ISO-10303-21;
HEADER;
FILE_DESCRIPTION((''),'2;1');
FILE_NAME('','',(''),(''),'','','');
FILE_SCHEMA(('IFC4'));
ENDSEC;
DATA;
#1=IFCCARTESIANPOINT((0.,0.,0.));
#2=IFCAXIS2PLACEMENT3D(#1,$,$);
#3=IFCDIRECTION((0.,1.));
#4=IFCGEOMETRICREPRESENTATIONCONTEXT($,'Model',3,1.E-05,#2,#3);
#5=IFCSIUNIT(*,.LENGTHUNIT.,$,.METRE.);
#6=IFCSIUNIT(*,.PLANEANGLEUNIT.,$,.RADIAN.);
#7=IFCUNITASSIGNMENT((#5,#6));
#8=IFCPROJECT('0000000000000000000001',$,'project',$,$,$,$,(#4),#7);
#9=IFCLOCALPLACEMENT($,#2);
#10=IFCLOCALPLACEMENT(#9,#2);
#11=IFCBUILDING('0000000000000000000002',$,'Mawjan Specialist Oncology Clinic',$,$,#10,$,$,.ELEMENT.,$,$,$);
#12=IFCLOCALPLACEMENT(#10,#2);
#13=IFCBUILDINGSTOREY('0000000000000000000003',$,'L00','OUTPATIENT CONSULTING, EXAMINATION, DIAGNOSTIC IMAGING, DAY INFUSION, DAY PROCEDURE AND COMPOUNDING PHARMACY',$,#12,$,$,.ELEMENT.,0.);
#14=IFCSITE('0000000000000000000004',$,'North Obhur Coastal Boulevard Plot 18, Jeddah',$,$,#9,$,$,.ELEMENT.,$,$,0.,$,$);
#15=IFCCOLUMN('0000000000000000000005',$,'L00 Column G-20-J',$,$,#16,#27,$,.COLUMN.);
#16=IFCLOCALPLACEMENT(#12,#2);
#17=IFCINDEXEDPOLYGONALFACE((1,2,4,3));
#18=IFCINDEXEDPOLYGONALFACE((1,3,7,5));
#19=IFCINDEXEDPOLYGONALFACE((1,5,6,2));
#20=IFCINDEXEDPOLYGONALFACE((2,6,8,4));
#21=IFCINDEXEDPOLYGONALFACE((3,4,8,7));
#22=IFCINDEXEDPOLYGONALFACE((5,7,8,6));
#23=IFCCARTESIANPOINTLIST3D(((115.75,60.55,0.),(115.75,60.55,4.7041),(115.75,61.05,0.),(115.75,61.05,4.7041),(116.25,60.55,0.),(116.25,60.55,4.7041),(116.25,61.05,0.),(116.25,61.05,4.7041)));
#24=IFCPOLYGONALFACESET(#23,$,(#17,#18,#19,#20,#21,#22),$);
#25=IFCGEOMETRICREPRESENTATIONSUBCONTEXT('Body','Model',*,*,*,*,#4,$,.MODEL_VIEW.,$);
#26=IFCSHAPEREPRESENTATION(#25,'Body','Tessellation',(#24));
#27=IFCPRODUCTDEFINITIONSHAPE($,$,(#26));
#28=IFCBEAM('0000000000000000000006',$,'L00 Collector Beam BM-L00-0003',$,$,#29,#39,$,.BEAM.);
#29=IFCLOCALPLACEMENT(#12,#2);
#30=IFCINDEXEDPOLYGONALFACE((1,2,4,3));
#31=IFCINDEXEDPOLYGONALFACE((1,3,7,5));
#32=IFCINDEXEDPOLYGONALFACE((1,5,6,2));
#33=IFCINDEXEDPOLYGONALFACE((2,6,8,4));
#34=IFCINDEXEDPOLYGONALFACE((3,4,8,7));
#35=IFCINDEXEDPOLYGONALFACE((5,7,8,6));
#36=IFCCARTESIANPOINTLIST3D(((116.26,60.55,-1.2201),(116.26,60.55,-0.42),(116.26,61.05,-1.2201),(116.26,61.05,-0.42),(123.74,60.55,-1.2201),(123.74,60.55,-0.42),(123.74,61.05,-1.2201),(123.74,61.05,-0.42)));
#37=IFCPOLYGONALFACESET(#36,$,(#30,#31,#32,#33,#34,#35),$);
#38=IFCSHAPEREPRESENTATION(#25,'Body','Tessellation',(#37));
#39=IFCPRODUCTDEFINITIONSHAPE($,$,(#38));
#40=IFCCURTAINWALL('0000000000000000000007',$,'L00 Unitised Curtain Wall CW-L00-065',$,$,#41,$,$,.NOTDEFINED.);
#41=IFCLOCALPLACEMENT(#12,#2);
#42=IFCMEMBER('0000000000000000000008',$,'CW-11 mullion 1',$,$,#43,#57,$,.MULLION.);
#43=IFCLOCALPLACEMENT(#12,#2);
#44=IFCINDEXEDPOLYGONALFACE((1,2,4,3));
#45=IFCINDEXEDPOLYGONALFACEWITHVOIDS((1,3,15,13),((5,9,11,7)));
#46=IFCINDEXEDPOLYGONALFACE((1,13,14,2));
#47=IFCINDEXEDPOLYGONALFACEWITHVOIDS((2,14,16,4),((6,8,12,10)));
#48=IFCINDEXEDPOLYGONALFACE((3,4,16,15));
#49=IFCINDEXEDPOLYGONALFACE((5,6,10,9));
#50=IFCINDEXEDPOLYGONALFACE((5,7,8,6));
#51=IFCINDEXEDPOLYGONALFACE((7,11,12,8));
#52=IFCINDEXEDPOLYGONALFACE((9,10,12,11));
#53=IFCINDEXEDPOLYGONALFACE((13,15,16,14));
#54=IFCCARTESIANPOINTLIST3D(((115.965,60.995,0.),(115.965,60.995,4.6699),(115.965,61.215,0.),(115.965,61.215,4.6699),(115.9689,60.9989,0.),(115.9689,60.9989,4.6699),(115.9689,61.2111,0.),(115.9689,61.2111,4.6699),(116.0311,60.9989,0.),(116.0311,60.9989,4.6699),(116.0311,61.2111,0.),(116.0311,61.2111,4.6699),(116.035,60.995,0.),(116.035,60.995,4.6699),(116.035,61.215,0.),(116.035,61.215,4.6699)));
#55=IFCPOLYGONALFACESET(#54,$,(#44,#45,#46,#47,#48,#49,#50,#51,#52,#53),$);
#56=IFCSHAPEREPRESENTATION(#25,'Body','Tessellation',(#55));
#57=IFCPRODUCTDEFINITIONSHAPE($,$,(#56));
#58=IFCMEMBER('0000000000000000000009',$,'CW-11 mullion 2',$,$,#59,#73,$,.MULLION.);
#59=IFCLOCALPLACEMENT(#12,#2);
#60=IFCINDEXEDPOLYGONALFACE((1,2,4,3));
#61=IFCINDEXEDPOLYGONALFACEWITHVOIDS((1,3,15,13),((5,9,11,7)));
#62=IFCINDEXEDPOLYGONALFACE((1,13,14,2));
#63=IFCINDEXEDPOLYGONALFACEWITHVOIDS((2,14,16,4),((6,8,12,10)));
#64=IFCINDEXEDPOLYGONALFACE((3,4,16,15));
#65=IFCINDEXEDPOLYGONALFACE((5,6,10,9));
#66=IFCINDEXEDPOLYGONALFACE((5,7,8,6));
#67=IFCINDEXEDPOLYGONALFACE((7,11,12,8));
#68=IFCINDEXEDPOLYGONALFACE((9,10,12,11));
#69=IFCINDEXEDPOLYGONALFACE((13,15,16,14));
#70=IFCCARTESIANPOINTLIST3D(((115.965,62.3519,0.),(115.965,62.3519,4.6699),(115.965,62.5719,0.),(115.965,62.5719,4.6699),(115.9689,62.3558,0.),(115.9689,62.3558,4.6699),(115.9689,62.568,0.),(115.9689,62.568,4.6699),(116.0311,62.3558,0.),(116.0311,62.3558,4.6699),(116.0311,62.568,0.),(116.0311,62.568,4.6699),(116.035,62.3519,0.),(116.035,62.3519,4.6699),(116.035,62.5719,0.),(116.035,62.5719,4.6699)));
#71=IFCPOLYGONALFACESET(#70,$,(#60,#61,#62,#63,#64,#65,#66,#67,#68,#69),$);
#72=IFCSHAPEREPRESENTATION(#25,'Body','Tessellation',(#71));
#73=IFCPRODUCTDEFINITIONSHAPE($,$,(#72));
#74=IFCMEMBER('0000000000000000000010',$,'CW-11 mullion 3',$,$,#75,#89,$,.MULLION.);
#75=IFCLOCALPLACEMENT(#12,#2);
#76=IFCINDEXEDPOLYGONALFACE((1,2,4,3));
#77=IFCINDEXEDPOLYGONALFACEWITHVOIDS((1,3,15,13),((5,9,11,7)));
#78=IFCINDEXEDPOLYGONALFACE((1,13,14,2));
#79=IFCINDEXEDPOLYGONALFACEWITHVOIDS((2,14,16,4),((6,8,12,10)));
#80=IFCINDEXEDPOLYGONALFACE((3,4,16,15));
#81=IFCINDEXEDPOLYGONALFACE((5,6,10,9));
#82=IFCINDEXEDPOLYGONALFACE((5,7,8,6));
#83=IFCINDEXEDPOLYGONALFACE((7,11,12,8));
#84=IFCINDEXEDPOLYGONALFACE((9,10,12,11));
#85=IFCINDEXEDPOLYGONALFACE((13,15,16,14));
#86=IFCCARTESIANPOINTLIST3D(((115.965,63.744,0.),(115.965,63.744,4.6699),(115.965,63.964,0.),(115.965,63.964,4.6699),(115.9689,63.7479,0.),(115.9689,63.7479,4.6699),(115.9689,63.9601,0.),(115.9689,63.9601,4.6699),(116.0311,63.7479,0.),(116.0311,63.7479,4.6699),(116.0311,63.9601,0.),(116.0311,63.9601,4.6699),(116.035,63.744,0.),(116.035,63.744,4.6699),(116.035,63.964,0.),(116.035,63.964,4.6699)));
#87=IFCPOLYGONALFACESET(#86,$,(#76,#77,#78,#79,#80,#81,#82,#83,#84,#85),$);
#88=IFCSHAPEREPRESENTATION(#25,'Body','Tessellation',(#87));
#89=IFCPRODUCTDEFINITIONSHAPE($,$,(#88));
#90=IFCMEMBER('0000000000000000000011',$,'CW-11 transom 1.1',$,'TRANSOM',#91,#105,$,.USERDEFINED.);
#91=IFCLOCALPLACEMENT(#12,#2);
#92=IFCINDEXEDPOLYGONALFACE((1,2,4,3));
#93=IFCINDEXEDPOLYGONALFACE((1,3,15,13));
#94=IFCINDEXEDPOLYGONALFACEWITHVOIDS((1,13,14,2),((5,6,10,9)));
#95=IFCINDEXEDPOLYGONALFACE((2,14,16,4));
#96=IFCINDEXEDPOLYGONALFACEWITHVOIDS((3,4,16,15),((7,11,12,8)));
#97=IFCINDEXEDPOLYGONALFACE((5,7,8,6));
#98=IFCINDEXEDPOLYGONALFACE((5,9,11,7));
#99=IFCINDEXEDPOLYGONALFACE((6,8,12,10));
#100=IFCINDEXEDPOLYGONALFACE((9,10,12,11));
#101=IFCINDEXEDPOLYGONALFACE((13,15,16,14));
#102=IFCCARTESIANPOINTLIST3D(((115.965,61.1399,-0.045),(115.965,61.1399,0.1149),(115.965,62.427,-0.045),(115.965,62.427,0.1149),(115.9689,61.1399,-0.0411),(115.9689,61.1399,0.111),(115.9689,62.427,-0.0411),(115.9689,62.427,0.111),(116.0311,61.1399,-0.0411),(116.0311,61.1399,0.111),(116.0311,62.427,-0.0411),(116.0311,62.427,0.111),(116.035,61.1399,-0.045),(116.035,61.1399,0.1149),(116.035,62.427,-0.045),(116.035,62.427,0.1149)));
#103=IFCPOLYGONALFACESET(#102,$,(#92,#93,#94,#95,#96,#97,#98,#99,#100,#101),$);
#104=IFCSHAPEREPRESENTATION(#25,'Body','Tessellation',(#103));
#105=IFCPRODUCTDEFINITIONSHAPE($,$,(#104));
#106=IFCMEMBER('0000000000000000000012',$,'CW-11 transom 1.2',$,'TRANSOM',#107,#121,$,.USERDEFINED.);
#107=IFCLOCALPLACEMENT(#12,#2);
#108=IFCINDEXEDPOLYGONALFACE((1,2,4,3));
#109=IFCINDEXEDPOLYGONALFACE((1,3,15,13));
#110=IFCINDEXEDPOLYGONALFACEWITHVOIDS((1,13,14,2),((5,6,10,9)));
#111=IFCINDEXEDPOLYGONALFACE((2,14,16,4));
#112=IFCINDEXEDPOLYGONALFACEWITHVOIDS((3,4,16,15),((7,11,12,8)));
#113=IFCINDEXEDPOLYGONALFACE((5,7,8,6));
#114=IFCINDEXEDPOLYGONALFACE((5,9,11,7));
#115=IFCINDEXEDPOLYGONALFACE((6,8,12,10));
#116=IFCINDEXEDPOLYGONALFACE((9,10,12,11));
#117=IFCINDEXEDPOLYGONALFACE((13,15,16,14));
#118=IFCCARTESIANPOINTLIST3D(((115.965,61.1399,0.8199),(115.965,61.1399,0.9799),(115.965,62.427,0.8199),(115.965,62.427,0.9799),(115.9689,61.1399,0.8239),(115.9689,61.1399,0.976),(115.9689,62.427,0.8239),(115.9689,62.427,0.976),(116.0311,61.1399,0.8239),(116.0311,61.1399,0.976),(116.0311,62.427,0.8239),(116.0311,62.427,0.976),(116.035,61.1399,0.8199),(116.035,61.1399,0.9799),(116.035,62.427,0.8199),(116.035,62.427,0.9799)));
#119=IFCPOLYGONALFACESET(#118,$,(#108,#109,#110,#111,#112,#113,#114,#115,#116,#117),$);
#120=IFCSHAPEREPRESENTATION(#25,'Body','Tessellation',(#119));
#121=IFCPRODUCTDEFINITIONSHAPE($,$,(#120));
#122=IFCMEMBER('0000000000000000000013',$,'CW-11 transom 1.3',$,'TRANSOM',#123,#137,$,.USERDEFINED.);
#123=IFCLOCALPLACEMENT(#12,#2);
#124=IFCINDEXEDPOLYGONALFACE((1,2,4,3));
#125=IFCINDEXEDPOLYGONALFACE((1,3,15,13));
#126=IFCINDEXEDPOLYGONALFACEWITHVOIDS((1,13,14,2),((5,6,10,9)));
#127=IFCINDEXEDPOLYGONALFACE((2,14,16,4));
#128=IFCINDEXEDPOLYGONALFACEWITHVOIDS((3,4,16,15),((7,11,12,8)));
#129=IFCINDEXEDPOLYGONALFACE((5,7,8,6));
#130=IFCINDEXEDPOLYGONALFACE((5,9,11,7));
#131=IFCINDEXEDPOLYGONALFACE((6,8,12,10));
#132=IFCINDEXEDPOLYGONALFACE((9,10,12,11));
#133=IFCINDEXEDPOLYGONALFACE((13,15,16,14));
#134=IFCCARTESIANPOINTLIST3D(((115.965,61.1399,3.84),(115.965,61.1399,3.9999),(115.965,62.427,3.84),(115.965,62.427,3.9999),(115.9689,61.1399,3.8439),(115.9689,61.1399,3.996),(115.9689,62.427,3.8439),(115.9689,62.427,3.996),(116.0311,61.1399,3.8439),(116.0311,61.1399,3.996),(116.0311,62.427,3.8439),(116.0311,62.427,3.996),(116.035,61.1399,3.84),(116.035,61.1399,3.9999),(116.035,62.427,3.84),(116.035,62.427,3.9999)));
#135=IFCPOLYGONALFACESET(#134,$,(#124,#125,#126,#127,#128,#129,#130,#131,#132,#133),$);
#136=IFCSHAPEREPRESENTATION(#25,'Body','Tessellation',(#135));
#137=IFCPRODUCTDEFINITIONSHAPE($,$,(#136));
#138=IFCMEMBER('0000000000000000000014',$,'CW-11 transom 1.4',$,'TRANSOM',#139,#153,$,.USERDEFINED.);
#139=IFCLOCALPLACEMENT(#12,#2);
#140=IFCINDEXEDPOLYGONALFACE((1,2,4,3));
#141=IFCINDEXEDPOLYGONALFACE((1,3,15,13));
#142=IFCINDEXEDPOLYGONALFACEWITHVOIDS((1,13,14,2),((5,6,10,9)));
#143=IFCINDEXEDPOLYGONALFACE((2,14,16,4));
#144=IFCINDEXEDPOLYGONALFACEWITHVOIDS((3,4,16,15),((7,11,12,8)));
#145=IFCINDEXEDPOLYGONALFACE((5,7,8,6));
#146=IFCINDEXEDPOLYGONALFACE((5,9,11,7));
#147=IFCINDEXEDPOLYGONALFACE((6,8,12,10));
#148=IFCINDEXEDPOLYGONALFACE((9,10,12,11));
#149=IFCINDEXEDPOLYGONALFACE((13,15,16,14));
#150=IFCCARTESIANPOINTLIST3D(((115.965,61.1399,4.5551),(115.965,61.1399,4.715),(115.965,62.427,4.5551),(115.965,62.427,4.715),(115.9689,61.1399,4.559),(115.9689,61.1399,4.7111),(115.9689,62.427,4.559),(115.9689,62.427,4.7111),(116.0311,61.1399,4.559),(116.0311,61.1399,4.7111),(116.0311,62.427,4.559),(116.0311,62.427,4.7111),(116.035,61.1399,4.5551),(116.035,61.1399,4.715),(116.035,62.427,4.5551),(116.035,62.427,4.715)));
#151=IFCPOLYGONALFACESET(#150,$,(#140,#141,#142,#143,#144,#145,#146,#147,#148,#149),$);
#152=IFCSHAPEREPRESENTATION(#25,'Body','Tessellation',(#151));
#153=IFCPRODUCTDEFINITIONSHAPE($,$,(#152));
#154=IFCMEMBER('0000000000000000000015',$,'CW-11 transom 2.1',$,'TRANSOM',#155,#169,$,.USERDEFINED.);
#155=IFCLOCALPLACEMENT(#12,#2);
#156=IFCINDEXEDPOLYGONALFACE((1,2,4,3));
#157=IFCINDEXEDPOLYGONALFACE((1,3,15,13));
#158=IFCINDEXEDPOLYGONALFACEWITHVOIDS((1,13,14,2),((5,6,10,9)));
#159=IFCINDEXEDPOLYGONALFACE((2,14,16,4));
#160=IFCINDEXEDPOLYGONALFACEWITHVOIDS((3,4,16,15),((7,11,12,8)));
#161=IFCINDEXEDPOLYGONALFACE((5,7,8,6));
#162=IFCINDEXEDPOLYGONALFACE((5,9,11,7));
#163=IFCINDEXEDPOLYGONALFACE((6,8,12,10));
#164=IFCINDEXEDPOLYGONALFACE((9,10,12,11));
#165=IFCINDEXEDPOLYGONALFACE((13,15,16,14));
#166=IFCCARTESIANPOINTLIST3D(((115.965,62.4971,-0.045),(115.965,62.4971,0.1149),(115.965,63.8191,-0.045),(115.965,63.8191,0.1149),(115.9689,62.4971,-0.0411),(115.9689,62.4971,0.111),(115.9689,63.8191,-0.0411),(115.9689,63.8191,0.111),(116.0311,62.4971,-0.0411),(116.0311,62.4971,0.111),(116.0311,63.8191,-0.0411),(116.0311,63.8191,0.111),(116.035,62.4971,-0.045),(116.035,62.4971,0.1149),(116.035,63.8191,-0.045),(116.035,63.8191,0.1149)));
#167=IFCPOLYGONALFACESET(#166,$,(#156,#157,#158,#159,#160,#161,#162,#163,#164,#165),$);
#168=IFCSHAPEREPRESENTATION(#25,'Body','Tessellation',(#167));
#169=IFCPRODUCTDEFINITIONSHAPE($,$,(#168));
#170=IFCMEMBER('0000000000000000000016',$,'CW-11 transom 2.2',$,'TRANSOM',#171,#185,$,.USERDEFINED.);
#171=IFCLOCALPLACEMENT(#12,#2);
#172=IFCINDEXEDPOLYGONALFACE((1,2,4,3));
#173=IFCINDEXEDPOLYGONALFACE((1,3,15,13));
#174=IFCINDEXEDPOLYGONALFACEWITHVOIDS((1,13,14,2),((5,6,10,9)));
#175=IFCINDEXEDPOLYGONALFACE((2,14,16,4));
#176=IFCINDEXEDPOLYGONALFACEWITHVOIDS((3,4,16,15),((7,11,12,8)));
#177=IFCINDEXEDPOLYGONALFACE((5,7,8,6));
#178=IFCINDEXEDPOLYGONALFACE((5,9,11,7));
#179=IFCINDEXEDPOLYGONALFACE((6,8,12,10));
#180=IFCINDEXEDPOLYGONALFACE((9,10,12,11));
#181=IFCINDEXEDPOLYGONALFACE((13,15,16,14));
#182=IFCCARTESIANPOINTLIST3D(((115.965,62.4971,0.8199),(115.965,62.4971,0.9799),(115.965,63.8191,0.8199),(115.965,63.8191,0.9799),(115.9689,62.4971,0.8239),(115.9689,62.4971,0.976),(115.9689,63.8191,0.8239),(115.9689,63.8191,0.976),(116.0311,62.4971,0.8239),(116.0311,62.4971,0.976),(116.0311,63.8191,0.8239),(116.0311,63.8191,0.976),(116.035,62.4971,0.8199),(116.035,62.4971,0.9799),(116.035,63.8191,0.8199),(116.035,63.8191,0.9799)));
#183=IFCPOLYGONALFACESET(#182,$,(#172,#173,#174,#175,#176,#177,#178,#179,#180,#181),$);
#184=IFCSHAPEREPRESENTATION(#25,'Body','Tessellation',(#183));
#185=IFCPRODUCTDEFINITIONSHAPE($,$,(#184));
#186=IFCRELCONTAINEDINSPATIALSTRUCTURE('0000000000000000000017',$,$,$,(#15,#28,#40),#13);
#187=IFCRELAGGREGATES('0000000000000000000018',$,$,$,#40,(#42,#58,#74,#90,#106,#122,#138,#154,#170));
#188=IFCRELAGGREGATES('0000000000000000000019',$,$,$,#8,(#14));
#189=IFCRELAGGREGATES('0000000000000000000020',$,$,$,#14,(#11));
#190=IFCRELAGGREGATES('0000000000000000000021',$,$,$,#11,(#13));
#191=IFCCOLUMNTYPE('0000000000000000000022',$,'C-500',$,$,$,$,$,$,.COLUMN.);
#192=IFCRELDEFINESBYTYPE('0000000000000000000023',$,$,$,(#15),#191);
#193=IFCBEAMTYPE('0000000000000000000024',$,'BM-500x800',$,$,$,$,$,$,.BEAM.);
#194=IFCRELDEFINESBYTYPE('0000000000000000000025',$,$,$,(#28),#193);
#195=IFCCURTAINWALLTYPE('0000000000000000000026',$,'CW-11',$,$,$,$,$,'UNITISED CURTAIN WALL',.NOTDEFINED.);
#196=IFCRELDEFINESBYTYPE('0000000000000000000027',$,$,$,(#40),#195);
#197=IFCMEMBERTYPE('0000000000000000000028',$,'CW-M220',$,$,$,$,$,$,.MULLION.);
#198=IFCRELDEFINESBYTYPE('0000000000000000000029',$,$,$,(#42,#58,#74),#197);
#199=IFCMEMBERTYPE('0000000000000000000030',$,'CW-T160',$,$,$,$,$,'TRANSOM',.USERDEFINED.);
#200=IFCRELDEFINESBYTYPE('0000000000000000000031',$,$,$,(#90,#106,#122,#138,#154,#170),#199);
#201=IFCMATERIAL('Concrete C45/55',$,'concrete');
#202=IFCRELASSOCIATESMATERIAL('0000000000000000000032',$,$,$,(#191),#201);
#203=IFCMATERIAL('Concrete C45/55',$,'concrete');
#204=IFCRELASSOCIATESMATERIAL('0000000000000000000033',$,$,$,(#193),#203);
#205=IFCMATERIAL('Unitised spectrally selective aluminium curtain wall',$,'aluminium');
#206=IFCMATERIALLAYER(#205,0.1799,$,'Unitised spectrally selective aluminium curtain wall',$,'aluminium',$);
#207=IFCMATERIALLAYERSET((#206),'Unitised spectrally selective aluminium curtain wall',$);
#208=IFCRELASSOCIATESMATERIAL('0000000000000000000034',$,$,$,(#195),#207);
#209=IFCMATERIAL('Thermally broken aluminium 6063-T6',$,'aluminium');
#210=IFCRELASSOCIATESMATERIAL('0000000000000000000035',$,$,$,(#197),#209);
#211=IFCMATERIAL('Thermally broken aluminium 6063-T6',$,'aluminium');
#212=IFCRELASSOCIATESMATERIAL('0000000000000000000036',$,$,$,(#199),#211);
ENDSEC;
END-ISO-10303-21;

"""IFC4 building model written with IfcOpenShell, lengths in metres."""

from ifc_helpers import new_model, si_unit, direction, frame, origin, origin_2d, place, context, subcontext, project, spatial, rectangle, hollow_rectangle, extrude, material, layer, layer_set, material_profile, profile_set, type_object, element, aggregate, save


model = new_model("IFC4")

# Units and contexts
model_context = context("Model", 3, precision=1e-05, world=origin(), true_north=direction((0.0, 1.0)))
body_context = subcontext(model_context, "Body", "Model", "MODEL_VIEW")
ifc_project = project(units=[si_unit("LENGTHUNIT", "METRE"), si_unit("PLANEANGLEUNIT", "RADIAN")], contexts=[model_context])

# Site, building, storey
site_placement = place(None, origin())
site = spatial("IfcSite", under=ifc_project, at=site_placement, Name="North Obhur Coastal Boulevard Plot 18, Jeddah", CompositionType="ELEMENT", RefElevation=0.0)
building_placement = place(site_placement, origin())
building = spatial("IfcBuilding", under=site, at=building_placement, Name="Mawjan Specialist Oncology Clinic", CompositionType="ELEMENT")
storey_placement = place(building_placement, origin())
storey = spatial("IfcBuildingStorey", under=building, at=storey_placement, Name="L00", Description="OUTPATIENT CONSULTING, EXAMINATION, DIAGNOSTIC IMAGING, DAY INFUSION, DAY PROCEDURE AND COMPOUNDING PHARMACY", CompositionType="ELEMENT", Elevation=0.0)

# Column
ifc_material_1 = material(Name="Concrete C45/55", Category="concrete")
ifc_material_profile_1 = material_profile(ifc_material_1, rectangle(XDim=0.5, YDim=0.5, at=origin_2d()), Name="RC COL 500x500", Category="concrete")
ifc_profile_set_1 = profile_set([ifc_material_profile_1], Name="Concrete C45/55")
column_type = type_object("IfcColumnType", Name="C-500", PredefinedType="COLUMN", material=ifc_profile_set_1)
column_placement = place(storey_placement, frame((116.0, 60.8, 0.0), z_axis=(0.0, 0.0, 1.0), x_axis=(1.0, 0.0, 0.0)))
element("IfcColumn", 1, at=column_placement, inside=storey, type_object=column_type, Name="L00 Column G-20-J", PredefinedType="COLUMN", context=body_context, shape_type="SweptSolid", body=[
    extrude(rectangle(XDim=0.5, YDim=0.5, at=origin_2d()), origin(), (0.0, 0.0, 1.0), 4.7041),
])

# Beam
ifc_material_2 = material(Name="Concrete C45/55", Category="concrete")
ifc_material_profile_2 = material_profile(ifc_material_2, rectangle(XDim=0.5, YDim=0.8, at=origin_2d()), Name="RC BM 500x800", Category="concrete")
ifc_profile_set_2 = profile_set([ifc_material_profile_2], Name="Concrete C45/55")
beam_type_1 = type_object("IfcBeamType", Name="BM-500x800", PredefinedType="BEAM", material=ifc_profile_set_2)
beam_1_placement = place(storey_placement, frame((116.26, 60.8, -0.8201), z_axis=(1.0, 0.0, 0.0), x_axis=(0.0, 1.0, 0.0)))
element("IfcBeam", 2, at=beam_1_placement, inside=storey, type_object=beam_type_1, Name="L00 Collector Beam BM-L00-0003", PredefinedType="BEAM", context=body_context, shape_type="SweptSolid", body=[
    extrude(rectangle(XDim=0.5, YDim=0.8, at=origin_2d()), origin(), (0.0, 0.0, 1.0), 7.48),
])

# Curtain wall, members
ifc_material_3 = material(Name="Unitised spectrally selective aluminium curtain wall", Category="aluminium")
ifc_layer_1 = layer(ifc_material_3, 0.1799, Name="Unitised spectrally selective aluminium curtain wall", Category="aluminium")
ifc_layer_set_1 = layer_set([ifc_layer_1], Name="Unitised spectrally selective aluminium curtain wall")
curtain_wall_type = type_object("IfcCurtainWallType", Name="CW-11", ElementType="UNITISED CURTAIN WALL", PredefinedType="NOTDEFINED", material=ifc_layer_set_1)
curtain_wall_placement = place(storey_placement, origin())
curtain_wall = element("IfcCurtainWall", 3, at=curtain_wall_placement, inside=storey, type_object=curtain_wall_type, Name="L00 Unitised Curtain Wall CW-L00-065", PredefinedType="NOTDEFINED")
ifc_material_4 = material(Name="Thermally broken aluminium 6063-T6", Category="aluminium")
ifc_material_profile_3 = material_profile(ifc_material_4, hollow_rectangle(XDim=0.0701, YDim=0.22, WallThickness=0.0039, at=origin_2d()), Name="ALU MULLION 220x70x4", Category="aluminium")
ifc_profile_set_3 = profile_set([ifc_material_profile_3], Name="Thermally broken aluminium 6063-T6")
member_type_1 = type_object("IfcMemberType", Name="CW-M220", PredefinedType="MULLION", material=ifc_profile_set_3)
member_1_placement = place(storey_placement, frame((116.0, 61.105, 0.0), z_axis=(0.0, 0.0, 1.0), x_axis=(-1.0, 0.0, 0.0)))
member_1 = element("IfcMember", 4, at=member_1_placement, type_object=member_type_1, Name="CW-11 mullion 1", PredefinedType="MULLION", context=body_context, shape_type="SweptSolid", body=[
    extrude(hollow_rectangle(XDim=0.0701, YDim=0.22, WallThickness=0.0039, at=origin_2d()), origin(), (0.0, 0.0, 1.0), 4.6699),
])
member_2_placement = place(storey_placement, frame((116.0, 62.4619, 0.0), z_axis=(0.0, 0.0, 1.0), x_axis=(-1.0, 0.0, 0.0)))
member_2 = element("IfcMember", 5, at=member_2_placement, type_object=member_type_1, Name="CW-11 mullion 2", PredefinedType="MULLION", context=body_context, shape_type="SweptSolid", body=[
    extrude(hollow_rectangle(XDim=0.0701, YDim=0.22, WallThickness=0.0039, at=origin_2d()), origin(), (0.0, 0.0, 1.0), 4.6699),
])
member_3_placement = place(storey_placement, frame((116.0, 63.854, 0.0), z_axis=(0.0, 0.0, 1.0), x_axis=(-1.0, 0.0, 0.0)))
member_3 = element("IfcMember", 6, at=member_3_placement, type_object=member_type_1, Name="CW-11 mullion 3", PredefinedType="MULLION", context=body_context, shape_type="SweptSolid", body=[
    extrude(hollow_rectangle(XDim=0.0701, YDim=0.22, WallThickness=0.0039, at=origin_2d()), origin(), (0.0, 0.0, 1.0), 4.6699),
])
ifc_material_5 = material(Name="Thermally broken aluminium 6063-T6", Category="aluminium")
ifc_material_profile_4 = material_profile(ifc_material_5, hollow_rectangle(XDim=0.0701, YDim=0.1599, WallThickness=0.0039, at=origin_2d()), Name="ALU TRANSOM 160x70x4", Category="aluminium")
ifc_profile_set_4 = profile_set([ifc_material_profile_4], Name="Thermally broken aluminium 6063-T6")
member_type_2 = type_object("IfcMemberType", Name="CW-T160", ElementType="TRANSOM", PredefinedType="USERDEFINED", material=ifc_profile_set_4)
member_4_placement = place(storey_placement, frame((116.0, 61.1399, 0.0349), z_axis=(0.0, 1.0, 0.0), x_axis=(-1.0, 0.0, 0.0)))
member_4 = element("IfcMember", 7, at=member_4_placement, type_object=member_type_2, Name="CW-11 transom 1.1", ObjectType="TRANSOM", PredefinedType="USERDEFINED", context=body_context, shape_type="SweptSolid", body=[
    extrude(hollow_rectangle(XDim=0.0701, YDim=0.1599, WallThickness=0.0039, at=origin_2d()), origin(), (0.0, 0.0, 1.0), 1.2871),
])
member_5_placement = place(storey_placement, frame((116.0, 61.1399, 0.8999), z_axis=(0.0, 1.0, 0.0), x_axis=(-1.0, 0.0, 0.0)))
member_5 = element("IfcMember", 8, at=member_5_placement, type_object=member_type_2, Name="CW-11 transom 1.2", ObjectType="TRANSOM", PredefinedType="USERDEFINED", context=body_context, shape_type="SweptSolid", body=[
    extrude(hollow_rectangle(XDim=0.0701, YDim=0.1599, WallThickness=0.0039, at=origin_2d()), origin(), (0.0, 0.0, 1.0), 1.2871),
])
member_6_placement = place(storey_placement, frame((116.0, 61.1399, 3.9199), z_axis=(0.0, 1.0, 0.0), x_axis=(-1.0, 0.0, 0.0)))
member_6 = element("IfcMember", 9, at=member_6_placement, type_object=member_type_2, Name="CW-11 transom 1.3", ObjectType="TRANSOM", PredefinedType="USERDEFINED", context=body_context, shape_type="SweptSolid", body=[
    extrude(hollow_rectangle(XDim=0.0701, YDim=0.1599, WallThickness=0.0039, at=origin_2d()), origin(), (0.0, 0.0, 1.0), 1.2871),
])
member_7_placement = place(storey_placement, frame((116.0, 61.1399, 4.635), z_axis=(0.0, 1.0, 0.0), x_axis=(-1.0, 0.0, 0.0)))
member_7 = element("IfcMember", 10, at=member_7_placement, type_object=member_type_2, Name="CW-11 transom 1.4", ObjectType="TRANSOM", PredefinedType="USERDEFINED", context=body_context, shape_type="SweptSolid", body=[
    extrude(hollow_rectangle(XDim=0.0701, YDim=0.1599, WallThickness=0.0039, at=origin_2d()), origin(), (0.0, 0.0, 1.0), 1.2871),
])
member_8_placement = place(storey_placement, frame((116.0, 62.4971, 0.0349), z_axis=(0.0, 1.0, 0.0), x_axis=(-1.0, 0.0, 0.0)))
member_8 = element("IfcMember", 11, at=member_8_placement, type_object=member_type_2, Name="CW-11 transom 2.1", ObjectType="TRANSOM", PredefinedType="USERDEFINED", context=body_context, shape_type="SweptSolid", body=[
    extrude(hollow_rectangle(XDim=0.0701, YDim=0.1599, WallThickness=0.0039, at=origin_2d()), origin(), (0.0, 0.0, 1.0), 1.322),
])
member_9_placement = place(storey_placement, frame((116.0, 62.4971, 0.8999), z_axis=(0.0, 1.0, 0.0), x_axis=(-1.0, 0.0, 0.0)))
member_9 = element("IfcMember", 12, at=member_9_placement, type_object=member_type_2, Name="CW-11 transom 2.2", ObjectType="TRANSOM", PredefinedType="USERDEFINED", context=body_context, shape_type="SweptSolid", body=[
    extrude(hollow_rectangle(XDim=0.0701, YDim=0.1599, WallThickness=0.0039, at=origin_2d()), origin(), (0.0, 0.0, 1.0), 1.322),
])

aggregate(curtain_wall, [member_1, member_2, member_3, member_4, member_5, member_6, member_7, member_8, member_9])

save(model, "model.ifc")
